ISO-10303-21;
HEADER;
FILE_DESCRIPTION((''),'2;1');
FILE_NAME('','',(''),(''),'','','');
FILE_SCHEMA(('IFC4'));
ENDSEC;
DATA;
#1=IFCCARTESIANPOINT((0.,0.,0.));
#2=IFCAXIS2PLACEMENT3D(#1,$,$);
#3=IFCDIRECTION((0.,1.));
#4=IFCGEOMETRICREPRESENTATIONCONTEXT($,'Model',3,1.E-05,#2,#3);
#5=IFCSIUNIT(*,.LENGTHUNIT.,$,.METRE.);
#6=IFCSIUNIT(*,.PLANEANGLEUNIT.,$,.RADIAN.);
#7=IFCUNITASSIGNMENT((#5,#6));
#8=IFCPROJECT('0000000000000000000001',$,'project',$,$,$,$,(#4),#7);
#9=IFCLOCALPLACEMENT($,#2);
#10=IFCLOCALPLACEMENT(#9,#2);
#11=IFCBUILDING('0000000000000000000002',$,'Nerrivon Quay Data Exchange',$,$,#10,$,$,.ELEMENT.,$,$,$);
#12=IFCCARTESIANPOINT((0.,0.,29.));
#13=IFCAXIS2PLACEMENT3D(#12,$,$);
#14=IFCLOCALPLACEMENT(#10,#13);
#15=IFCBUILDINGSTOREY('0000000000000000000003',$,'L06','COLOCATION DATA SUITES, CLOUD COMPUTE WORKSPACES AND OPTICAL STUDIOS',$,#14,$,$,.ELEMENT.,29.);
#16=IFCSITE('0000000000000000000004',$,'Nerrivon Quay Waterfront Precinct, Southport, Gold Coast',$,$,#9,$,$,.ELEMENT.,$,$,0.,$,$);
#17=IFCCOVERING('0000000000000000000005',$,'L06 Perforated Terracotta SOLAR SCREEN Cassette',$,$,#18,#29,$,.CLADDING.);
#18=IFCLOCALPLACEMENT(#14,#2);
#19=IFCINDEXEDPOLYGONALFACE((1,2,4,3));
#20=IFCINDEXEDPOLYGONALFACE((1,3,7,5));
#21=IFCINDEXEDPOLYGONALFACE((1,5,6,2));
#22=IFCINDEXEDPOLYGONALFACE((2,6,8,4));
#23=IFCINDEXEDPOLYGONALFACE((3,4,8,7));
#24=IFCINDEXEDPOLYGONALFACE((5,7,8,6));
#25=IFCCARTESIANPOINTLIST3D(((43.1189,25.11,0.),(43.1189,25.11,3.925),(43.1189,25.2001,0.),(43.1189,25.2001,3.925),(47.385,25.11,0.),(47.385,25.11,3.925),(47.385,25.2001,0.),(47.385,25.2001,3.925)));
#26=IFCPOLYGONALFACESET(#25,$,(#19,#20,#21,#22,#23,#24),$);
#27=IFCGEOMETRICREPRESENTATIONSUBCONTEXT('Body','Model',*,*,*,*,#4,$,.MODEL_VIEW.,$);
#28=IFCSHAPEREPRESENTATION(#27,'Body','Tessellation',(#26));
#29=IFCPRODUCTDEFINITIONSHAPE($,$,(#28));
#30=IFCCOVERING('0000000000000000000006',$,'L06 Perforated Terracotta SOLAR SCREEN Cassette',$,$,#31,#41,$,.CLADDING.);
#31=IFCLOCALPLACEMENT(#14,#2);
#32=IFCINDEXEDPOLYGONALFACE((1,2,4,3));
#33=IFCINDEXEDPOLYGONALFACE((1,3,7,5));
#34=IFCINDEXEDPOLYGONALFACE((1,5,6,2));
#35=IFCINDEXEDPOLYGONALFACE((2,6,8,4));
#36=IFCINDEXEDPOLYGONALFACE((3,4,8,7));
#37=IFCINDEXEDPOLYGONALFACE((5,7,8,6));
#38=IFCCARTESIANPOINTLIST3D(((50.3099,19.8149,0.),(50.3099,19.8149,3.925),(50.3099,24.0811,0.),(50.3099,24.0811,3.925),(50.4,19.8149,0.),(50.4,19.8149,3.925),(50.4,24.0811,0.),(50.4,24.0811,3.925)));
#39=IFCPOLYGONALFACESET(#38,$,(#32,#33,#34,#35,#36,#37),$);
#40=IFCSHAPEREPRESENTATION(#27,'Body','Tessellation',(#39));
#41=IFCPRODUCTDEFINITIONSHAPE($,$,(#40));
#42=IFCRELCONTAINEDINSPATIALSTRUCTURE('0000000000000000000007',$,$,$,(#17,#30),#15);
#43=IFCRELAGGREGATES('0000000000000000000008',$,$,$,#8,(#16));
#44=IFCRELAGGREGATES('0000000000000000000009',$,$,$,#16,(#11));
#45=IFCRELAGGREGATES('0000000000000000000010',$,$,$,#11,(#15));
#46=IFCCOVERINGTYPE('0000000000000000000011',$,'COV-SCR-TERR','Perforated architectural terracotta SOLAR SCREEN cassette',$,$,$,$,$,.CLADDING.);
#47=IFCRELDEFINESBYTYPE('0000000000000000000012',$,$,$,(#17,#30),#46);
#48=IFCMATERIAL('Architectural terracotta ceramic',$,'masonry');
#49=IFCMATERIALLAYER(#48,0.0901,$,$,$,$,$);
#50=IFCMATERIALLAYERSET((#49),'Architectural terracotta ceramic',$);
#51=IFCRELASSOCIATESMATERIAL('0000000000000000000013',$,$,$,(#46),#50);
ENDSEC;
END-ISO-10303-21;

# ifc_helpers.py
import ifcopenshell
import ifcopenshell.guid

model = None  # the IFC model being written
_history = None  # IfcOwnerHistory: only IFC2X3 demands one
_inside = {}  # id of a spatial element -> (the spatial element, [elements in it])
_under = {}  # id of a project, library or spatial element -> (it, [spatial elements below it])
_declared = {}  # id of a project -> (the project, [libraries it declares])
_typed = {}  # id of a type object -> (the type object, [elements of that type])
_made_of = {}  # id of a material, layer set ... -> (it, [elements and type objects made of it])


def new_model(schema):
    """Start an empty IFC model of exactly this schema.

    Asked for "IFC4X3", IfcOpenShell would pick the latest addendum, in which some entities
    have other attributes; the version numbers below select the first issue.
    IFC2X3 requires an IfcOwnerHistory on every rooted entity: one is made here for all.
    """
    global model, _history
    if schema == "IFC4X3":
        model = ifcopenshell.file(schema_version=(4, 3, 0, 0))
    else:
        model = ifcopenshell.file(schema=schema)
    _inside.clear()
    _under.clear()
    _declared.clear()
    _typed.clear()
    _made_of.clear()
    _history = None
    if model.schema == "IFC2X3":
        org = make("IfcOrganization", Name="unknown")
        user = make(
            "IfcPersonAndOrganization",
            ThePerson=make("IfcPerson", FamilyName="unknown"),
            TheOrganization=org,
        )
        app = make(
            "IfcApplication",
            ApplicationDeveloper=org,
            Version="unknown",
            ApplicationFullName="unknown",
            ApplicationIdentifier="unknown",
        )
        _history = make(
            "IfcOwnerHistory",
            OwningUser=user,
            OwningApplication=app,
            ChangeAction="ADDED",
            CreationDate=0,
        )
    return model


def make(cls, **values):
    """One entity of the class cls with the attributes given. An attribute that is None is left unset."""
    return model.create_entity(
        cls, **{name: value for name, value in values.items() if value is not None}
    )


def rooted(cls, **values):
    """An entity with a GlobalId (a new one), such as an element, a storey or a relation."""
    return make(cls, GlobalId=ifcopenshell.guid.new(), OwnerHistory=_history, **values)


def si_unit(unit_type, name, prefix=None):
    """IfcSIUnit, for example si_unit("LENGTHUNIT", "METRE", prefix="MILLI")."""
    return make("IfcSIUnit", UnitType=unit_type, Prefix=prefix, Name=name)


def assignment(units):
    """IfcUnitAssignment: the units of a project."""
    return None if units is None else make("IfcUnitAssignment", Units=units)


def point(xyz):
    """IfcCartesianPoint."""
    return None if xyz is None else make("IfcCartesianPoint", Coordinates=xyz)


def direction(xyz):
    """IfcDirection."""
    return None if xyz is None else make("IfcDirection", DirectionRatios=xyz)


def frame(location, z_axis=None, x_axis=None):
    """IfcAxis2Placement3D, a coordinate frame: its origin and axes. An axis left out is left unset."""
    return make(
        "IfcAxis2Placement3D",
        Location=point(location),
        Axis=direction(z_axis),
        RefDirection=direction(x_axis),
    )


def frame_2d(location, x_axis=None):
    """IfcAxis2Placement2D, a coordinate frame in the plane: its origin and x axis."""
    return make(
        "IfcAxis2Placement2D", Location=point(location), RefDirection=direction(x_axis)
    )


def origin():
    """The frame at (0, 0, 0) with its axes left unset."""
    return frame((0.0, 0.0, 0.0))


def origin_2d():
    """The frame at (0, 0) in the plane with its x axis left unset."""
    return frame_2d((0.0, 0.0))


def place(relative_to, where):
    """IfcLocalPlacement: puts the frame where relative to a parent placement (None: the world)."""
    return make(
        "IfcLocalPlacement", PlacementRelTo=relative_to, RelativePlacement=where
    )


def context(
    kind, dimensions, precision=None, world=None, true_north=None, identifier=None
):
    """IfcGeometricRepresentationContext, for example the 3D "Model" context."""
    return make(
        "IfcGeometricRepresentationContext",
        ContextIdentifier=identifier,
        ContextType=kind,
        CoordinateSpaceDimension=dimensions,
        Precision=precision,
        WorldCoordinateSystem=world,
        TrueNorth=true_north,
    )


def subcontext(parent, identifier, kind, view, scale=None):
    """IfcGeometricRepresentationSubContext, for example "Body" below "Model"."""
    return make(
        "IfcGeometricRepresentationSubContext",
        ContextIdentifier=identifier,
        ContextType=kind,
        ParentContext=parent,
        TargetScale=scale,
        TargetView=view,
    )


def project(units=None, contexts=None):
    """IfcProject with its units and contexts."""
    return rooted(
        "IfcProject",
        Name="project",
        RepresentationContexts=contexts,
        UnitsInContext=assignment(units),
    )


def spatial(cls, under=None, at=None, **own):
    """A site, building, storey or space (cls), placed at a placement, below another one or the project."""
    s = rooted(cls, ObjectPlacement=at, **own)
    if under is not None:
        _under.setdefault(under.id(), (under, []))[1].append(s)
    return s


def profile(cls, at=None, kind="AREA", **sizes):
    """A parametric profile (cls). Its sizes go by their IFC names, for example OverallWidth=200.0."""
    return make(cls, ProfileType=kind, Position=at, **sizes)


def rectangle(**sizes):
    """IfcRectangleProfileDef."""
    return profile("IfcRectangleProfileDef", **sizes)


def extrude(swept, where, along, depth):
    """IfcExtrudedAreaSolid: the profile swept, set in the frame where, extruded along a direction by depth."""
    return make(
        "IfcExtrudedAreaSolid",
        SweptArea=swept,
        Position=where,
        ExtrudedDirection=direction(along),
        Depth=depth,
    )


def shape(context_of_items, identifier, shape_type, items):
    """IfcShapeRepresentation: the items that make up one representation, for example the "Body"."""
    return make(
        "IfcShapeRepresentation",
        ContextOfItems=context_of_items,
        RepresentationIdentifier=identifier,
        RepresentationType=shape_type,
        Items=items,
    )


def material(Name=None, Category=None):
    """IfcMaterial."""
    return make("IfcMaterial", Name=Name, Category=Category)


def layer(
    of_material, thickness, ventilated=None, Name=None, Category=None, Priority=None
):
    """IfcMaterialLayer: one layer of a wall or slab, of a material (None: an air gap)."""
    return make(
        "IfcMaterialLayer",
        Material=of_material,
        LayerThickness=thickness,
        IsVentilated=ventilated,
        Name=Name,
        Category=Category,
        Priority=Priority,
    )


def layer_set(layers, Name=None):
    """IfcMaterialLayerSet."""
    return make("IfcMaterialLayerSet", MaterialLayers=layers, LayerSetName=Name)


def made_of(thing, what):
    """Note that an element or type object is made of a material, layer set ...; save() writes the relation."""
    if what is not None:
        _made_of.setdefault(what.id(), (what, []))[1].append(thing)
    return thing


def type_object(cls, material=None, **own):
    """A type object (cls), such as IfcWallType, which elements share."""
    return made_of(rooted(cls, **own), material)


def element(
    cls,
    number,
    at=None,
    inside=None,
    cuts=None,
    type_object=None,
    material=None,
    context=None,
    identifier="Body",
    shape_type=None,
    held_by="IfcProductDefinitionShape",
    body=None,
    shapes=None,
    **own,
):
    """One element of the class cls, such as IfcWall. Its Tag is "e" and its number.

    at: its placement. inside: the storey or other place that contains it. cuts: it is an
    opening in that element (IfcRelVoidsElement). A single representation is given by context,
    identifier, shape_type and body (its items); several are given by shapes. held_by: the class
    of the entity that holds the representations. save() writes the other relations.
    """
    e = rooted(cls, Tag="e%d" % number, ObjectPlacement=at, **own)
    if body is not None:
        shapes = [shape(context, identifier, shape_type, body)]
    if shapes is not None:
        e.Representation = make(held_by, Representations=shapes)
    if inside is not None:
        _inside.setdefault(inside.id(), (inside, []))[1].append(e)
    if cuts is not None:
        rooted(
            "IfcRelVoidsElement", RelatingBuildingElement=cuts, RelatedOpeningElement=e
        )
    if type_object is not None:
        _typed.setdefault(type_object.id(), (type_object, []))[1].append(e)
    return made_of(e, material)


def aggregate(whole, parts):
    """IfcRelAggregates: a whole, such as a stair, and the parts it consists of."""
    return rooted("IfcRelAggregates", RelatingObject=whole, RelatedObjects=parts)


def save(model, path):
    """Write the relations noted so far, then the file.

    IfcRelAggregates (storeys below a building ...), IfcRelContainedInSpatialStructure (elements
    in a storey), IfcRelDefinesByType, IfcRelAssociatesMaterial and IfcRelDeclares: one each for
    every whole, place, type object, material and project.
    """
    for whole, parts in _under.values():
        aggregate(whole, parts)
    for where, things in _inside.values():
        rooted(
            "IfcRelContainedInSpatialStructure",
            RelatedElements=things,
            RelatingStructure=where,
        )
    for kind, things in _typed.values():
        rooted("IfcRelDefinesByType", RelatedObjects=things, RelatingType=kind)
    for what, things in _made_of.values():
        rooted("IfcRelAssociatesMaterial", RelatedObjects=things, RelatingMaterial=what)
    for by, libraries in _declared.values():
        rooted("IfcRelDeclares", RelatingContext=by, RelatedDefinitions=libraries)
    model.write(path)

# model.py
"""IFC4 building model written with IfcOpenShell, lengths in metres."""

from ifc_helpers import new_model, si_unit, direction, frame, origin, origin_2d, place, context, subcontext, project, spatial, rectangle, extrude, material, layer, layer_set, type_object, element, save


model = new_model("IFC4")

# Units and contexts
model_context = context("Model", 3, precision=1e-05, world=origin(), true_north=direction((0.0, 1.0)))
body_context = subcontext(model_context, "Body", "Model", "MODEL_VIEW")
ifc_project = project(units=[si_unit("LENGTHUNIT", "METRE"), si_unit("PLANEANGLEUNIT", "RADIAN")], contexts=[model_context])

# Site, building, storey
site_placement = place(None, origin())
site = spatial("IfcSite", under=ifc_project, at=site_placement, Name="Nerrivon Quay Waterfront Precinct, Southport, Gold Coast", CompositionType="ELEMENT", RefElevation=0.0)
building_placement = place(site_placement, origin())
building = spatial("IfcBuilding", under=site, at=building_placement, Name="Nerrivon Quay Data Exchange", CompositionType="ELEMENT")
storey_placement = place(building_placement, frame((0.0, 0.0, 29.0)))
storey = spatial("IfcBuildingStorey", under=building, at=storey_placement, Name="L06", Description="COLOCATION DATA SUITES, CLOUD COMPUTE WORKSPACES AND OPTICAL STUDIOS", CompositionType="ELEMENT", Elevation=29.0)

# Coverings
ifc_material_1 = material(Name="Architectural terracotta ceramic", Category="masonry")
ifc_layer_1 = layer(ifc_material_1, 0.0901)
ifc_layer_set_1 = layer_set([ifc_layer_1], Name="Architectural terracotta ceramic")
covering_type = type_object("IfcCoveringType", Name="COV-SCR-TERR", Description="Perforated architectural terracotta SOLAR SCREEN cassette", PredefinedType="CLADDING", material=ifc_layer_set_1)
for number, where, z_axis, x_axis, name in (
    (1, (45.252, 25.155, 0.0), (0.0, 0.0, 1.0), (1.0, 0.0, 0.0), "L06 Perforated Terracotta SOLAR SCREEN Cassette"),
    (2, (50.355, 21.948, 0.0), (0.0, 0.0, 1.0), (0.0, -1.0, 0.0), "L06 Perforated Terracotta SOLAR SCREEN Cassette"),
):
    element("IfcCovering", number, at=place(storey_placement, frame(where, z_axis=z_axis, x_axis=x_axis)), inside=storey, type_object=covering_type, Name=name, PredefinedType="CLADDING", context=body_context, shape_type="SweptSolid", body=[
        extrude(rectangle(XDim=4.2661, YDim=0.0901, at=origin_2d()), origin(), (0.0, 0.0, 1.0), 3.925),
    ])

save(model, "model.ifc")
